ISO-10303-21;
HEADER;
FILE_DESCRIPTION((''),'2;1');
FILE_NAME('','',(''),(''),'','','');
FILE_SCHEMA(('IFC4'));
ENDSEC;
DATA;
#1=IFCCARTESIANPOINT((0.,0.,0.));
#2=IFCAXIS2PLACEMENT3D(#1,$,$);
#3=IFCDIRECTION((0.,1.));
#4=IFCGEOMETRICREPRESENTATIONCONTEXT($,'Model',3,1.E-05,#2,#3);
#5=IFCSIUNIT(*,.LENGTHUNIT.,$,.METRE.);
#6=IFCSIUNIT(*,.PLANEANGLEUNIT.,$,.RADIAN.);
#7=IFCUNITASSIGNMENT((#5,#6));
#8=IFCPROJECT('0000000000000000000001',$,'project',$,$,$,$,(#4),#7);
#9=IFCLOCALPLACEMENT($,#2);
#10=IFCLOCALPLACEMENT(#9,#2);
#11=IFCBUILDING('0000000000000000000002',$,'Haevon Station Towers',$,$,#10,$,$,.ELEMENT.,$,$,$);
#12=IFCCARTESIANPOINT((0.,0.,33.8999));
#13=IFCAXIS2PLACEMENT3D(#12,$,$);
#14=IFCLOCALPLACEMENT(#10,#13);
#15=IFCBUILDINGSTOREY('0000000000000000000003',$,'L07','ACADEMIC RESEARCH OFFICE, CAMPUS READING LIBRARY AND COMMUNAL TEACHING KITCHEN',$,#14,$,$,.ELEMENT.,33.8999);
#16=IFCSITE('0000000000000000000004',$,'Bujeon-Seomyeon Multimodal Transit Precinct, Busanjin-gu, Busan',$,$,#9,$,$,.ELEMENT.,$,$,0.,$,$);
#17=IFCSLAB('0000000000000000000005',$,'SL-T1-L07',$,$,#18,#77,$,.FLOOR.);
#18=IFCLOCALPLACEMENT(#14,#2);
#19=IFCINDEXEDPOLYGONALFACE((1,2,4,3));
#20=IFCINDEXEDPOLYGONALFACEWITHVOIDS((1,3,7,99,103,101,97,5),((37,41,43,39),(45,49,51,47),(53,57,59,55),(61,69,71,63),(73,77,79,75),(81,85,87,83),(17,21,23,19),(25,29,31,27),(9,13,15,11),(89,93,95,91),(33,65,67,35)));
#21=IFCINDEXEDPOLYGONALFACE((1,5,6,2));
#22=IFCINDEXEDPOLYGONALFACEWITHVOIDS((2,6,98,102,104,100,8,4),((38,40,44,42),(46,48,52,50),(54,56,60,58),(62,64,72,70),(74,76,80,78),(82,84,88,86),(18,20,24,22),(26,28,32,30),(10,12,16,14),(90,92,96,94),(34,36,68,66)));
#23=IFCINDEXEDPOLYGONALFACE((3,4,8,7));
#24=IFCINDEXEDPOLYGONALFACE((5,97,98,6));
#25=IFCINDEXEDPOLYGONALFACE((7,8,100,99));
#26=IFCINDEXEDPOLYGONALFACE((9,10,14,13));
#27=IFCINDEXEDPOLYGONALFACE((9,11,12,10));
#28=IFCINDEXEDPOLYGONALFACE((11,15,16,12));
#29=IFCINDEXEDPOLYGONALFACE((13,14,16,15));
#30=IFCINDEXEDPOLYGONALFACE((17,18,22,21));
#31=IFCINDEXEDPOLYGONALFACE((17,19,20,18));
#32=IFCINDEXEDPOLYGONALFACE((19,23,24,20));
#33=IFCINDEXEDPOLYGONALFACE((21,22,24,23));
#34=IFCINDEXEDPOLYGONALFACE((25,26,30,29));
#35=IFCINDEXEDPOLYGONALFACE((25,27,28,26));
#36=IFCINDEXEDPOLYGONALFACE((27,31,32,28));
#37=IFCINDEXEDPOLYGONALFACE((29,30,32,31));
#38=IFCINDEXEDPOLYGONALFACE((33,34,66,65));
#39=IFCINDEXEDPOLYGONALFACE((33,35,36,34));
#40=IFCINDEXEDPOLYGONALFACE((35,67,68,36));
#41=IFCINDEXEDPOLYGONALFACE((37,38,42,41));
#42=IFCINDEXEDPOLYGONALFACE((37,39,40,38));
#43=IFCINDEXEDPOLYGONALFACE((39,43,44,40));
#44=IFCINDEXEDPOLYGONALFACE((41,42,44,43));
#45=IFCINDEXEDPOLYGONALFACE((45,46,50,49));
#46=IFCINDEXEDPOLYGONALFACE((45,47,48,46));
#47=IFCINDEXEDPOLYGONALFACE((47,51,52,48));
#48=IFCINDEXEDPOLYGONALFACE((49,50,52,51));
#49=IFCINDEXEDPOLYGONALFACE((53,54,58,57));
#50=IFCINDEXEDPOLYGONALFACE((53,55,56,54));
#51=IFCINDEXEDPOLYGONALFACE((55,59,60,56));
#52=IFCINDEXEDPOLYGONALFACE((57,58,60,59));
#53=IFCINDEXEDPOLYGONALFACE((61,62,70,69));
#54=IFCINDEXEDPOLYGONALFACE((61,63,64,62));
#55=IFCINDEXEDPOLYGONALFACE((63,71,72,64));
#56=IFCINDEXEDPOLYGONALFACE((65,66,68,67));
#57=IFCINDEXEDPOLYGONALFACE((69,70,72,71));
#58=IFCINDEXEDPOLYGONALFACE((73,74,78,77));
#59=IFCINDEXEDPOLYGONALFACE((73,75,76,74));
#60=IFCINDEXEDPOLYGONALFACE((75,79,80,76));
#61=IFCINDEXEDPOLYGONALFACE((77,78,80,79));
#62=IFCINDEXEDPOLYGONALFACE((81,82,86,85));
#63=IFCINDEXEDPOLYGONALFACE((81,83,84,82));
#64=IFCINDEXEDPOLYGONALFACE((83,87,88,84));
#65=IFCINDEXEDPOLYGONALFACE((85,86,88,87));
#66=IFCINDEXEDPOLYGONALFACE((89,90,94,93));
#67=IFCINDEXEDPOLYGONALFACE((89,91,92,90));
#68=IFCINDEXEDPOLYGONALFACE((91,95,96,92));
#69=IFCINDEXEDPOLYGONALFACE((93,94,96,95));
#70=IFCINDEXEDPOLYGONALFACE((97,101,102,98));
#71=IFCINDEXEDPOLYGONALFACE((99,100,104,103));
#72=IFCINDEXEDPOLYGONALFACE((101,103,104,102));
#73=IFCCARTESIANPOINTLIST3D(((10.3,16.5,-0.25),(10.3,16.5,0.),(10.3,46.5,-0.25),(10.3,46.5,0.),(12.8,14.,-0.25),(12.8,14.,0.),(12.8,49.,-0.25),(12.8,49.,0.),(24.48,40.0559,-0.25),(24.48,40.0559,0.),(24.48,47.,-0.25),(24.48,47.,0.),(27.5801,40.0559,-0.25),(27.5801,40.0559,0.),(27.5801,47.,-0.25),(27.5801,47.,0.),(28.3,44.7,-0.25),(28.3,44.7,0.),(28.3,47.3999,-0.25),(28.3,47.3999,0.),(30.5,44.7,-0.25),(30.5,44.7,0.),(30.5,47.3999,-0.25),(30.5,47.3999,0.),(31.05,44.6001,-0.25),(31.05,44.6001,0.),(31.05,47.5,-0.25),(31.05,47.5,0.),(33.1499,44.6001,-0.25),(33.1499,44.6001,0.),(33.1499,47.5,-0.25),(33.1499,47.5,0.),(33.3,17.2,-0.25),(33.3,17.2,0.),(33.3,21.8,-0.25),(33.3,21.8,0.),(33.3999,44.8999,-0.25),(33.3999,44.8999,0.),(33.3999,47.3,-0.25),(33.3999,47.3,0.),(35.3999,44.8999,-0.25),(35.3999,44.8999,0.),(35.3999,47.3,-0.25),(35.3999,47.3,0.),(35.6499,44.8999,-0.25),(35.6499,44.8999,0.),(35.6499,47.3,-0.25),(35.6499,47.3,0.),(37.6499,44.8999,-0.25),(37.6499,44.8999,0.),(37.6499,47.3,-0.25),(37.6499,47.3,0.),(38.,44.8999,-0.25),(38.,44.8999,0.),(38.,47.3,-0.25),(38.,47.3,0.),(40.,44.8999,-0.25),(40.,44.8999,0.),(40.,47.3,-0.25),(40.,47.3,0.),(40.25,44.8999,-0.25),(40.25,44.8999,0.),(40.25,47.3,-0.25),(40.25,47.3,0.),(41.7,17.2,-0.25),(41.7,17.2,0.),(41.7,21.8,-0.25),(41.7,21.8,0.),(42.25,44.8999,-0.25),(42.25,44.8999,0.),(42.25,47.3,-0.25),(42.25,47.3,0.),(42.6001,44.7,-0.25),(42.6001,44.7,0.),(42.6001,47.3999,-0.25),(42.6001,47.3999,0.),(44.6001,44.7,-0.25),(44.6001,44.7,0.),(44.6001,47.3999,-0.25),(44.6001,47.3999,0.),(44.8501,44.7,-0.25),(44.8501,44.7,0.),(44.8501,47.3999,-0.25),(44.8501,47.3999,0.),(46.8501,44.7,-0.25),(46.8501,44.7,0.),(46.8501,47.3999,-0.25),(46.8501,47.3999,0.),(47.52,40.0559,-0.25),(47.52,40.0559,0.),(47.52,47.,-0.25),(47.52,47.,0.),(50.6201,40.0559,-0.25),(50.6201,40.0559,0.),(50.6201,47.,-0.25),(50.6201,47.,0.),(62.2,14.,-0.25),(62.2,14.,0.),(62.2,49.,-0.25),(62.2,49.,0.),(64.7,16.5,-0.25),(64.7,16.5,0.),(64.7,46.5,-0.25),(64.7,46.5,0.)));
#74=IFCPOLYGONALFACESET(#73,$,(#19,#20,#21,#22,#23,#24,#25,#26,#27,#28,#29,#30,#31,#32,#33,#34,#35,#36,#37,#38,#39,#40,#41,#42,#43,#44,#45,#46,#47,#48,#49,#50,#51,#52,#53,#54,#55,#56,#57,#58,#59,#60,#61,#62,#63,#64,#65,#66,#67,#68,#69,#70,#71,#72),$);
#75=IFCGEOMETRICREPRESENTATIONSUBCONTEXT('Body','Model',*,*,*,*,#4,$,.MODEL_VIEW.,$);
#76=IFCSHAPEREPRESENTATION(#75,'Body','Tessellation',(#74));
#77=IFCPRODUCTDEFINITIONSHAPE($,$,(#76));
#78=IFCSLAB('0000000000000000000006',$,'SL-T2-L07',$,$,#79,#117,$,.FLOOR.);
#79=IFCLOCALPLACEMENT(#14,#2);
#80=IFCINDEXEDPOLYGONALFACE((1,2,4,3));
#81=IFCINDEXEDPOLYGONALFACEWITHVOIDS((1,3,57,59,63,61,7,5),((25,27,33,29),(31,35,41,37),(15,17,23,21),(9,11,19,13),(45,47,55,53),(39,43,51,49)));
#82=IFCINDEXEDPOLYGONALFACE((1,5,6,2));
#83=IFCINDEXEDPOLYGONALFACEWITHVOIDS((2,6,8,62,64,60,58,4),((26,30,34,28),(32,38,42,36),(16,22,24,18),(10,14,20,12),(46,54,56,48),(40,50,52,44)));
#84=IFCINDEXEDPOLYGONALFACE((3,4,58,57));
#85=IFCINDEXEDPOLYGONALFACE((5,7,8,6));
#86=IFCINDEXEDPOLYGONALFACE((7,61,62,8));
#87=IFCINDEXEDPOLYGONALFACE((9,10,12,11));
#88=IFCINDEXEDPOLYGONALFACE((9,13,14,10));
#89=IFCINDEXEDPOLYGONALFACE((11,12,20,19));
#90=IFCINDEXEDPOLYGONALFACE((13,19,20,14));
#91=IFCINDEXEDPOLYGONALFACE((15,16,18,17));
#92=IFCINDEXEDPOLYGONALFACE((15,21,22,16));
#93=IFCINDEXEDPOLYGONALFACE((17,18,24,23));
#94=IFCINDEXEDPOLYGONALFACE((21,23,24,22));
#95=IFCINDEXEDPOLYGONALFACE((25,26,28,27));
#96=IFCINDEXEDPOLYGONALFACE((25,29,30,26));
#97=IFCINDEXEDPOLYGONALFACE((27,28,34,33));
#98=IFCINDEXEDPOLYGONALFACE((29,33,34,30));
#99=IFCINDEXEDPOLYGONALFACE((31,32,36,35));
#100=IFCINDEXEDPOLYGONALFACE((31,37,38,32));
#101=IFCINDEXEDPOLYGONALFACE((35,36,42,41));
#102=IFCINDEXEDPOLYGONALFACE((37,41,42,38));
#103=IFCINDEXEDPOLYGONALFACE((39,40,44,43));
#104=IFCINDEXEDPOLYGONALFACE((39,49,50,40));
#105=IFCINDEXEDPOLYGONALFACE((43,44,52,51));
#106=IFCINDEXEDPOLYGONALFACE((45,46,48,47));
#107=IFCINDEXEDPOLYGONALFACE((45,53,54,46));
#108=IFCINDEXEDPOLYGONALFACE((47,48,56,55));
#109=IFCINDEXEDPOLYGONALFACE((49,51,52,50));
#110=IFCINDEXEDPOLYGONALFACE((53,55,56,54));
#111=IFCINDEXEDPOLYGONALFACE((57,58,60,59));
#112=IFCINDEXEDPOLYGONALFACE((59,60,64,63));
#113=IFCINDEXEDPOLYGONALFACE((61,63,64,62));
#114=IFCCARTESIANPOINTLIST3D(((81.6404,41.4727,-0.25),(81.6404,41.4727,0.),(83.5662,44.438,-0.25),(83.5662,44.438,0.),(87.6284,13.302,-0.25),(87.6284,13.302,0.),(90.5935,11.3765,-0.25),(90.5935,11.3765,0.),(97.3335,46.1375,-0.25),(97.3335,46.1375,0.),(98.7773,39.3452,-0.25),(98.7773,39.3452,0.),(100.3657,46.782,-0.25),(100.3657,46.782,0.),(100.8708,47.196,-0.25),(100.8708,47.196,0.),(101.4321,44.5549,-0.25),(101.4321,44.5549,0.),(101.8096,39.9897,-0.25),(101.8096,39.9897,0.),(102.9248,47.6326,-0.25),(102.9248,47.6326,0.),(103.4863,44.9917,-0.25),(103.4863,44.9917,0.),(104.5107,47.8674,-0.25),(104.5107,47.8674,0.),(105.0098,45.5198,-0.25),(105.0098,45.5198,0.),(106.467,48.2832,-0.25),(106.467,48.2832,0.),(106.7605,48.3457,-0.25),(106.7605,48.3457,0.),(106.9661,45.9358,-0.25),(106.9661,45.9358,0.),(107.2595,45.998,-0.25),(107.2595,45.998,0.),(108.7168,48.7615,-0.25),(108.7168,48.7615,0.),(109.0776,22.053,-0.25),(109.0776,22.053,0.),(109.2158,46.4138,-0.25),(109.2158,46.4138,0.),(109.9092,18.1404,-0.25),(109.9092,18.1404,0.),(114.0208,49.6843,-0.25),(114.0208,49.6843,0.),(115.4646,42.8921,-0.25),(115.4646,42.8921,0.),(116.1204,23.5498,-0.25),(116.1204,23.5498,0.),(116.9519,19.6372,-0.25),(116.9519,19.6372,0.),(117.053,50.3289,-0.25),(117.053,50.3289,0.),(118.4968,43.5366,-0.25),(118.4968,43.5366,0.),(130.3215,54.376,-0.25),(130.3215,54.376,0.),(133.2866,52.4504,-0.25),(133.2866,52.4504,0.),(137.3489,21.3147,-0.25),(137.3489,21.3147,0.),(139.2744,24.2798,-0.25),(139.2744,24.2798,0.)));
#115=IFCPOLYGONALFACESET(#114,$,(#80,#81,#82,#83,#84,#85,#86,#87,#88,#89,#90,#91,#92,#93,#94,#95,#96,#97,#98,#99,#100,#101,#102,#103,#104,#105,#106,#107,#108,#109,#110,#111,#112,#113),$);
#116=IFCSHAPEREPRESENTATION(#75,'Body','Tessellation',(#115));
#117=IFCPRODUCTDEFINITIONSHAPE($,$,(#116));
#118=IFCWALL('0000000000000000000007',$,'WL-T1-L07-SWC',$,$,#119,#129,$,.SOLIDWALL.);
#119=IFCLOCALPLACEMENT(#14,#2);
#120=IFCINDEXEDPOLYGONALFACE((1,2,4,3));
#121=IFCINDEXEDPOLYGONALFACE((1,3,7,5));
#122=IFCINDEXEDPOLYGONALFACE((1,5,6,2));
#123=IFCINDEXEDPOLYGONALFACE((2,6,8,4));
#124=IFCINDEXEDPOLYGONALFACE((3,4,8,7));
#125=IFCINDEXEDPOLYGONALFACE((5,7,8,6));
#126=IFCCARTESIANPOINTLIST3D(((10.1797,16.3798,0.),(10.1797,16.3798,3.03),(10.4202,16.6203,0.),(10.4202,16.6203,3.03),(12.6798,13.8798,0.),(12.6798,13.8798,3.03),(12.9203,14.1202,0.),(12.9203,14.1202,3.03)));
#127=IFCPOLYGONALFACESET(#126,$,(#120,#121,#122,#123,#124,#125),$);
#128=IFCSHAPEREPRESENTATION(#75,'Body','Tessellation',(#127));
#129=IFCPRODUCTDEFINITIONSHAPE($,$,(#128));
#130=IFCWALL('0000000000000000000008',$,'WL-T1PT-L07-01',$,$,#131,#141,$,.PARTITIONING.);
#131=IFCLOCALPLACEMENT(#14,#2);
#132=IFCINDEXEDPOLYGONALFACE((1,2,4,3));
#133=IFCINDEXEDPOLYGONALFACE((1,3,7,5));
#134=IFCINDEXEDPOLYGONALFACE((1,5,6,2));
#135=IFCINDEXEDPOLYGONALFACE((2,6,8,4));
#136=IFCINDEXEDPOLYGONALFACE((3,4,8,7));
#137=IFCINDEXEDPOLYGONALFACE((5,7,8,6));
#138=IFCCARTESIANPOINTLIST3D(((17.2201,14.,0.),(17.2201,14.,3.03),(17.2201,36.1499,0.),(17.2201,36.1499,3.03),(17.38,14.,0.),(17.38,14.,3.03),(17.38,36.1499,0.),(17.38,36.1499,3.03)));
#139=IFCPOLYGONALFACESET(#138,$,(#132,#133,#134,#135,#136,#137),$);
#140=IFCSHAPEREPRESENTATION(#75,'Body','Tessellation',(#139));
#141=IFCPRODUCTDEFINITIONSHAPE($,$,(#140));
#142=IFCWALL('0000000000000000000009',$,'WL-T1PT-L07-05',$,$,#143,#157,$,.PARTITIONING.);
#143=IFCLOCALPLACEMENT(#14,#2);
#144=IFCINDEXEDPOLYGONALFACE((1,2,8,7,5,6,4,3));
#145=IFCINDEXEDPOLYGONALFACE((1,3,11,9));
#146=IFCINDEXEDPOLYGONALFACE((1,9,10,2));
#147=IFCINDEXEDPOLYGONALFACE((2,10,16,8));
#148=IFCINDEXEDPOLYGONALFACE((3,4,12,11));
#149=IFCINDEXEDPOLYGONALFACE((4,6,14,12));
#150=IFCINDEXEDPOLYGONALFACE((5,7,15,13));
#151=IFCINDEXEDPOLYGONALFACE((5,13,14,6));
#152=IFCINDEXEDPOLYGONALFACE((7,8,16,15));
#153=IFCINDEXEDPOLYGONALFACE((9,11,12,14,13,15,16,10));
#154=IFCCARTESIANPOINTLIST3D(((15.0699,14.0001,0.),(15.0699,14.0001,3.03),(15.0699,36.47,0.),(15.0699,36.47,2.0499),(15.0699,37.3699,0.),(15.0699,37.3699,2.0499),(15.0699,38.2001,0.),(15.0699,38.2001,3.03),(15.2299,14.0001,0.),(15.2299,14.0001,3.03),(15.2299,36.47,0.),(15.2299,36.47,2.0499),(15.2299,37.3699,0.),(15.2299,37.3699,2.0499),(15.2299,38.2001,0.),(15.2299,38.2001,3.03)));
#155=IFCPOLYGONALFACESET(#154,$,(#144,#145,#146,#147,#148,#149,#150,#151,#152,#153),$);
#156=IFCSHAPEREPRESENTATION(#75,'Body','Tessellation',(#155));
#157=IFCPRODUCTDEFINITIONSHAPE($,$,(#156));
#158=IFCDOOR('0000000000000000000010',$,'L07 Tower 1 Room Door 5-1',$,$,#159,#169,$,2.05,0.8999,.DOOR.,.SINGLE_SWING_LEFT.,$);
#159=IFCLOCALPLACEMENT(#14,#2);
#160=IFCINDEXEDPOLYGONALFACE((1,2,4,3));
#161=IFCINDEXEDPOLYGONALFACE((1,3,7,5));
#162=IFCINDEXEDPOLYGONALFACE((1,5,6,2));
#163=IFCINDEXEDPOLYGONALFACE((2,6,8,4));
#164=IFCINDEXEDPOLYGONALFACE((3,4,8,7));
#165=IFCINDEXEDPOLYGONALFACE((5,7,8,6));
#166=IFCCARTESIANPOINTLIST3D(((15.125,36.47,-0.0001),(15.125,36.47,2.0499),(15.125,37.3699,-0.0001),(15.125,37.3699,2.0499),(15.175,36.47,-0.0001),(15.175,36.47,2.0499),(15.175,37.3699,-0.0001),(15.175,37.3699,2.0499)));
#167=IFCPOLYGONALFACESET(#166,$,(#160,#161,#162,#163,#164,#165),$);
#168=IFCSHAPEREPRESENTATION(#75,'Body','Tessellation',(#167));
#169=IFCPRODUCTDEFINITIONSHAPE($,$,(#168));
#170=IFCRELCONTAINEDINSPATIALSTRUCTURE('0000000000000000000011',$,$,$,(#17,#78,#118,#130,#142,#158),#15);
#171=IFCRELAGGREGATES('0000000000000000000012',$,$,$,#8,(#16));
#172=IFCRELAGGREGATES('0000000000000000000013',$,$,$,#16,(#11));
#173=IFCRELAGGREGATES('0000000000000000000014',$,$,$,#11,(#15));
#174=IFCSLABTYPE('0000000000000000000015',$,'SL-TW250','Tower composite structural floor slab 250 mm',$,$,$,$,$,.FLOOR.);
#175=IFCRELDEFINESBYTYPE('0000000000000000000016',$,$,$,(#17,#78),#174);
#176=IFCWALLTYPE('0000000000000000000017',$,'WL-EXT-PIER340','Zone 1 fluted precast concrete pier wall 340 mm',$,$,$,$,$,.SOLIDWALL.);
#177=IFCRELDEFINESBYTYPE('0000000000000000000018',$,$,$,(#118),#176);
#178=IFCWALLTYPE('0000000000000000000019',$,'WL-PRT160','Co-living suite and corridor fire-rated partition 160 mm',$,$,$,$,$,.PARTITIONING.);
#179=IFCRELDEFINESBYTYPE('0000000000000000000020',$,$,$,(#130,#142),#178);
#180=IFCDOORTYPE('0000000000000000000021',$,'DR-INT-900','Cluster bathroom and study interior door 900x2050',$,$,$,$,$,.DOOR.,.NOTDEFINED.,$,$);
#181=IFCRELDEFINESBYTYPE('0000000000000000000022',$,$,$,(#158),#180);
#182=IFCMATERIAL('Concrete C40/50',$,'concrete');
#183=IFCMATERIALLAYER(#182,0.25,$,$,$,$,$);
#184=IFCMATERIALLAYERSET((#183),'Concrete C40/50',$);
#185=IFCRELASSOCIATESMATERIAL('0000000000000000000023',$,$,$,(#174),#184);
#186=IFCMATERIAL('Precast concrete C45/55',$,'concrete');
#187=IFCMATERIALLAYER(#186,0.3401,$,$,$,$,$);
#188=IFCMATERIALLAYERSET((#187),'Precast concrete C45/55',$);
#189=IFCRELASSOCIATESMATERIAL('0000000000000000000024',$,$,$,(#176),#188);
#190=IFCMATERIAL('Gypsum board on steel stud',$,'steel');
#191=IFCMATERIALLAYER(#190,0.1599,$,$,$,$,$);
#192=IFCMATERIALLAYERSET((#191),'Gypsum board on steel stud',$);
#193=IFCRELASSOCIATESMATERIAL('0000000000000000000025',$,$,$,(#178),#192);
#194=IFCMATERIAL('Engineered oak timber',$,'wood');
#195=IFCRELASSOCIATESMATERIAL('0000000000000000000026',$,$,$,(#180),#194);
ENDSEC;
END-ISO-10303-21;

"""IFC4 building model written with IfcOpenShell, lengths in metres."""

from ifc_helpers import new_model, si_unit, direction, frame, frame_2d, origin, place, context, subcontext, project, spatial, polyline, rectangle, outline, extrude, material, layer, layer_set, type_object, element, fill, save


model = new_model("IFC4")

# Units and contexts
model_context = context("Model", 3, precision=1e-05, world=origin(), true_north=direction((0.0, 1.0)))
body_context = subcontext(model_context, "Body", "Model", "MODEL_VIEW")
ifc_project = project(units=[si_unit("LENGTHUNIT", "METRE"), si_unit("PLANEANGLEUNIT", "RADIAN")], contexts=[model_context])

# Site, building, storey
site_placement = place(None, origin())
site = spatial("IfcSite", under=ifc_project, at=site_placement, Name="Bujeon-Seomyeon Multimodal Transit Precinct, Busanjin-gu, Busan", CompositionType="ELEMENT", RefElevation=0.0)
building_placement = place(site_placement, origin())
building = spatial("IfcBuilding", under=site, at=building_placement, Name="Haevon Station Towers", CompositionType="ELEMENT")
storey_placement = place(building_placement, frame((0.0, 0.0, 33.8999)))
storey = spatial("IfcBuildingStorey", under=building, at=storey_placement, Name="L07", Description="ACADEMIC RESEARCH OFFICE, CAMPUS READING LIBRARY AND COMMUNAL TEACHING KITCHEN", CompositionType="ELEMENT", Elevation=33.8999)

# Shared definitions
ifc_material_1 = material(Name="Concrete C40/50", Category="concrete")

# Slabs
ifc_layer_1 = layer(ifc_material_1, 0.25)
ifc_layer_set_1 = layer_set([ifc_layer_1], Name="Concrete C40/50")
slab_type_1 = type_object("IfcSlabType", Name="SL-TW250", Description="Tower composite structural floor slab 250 mm", PredefinedType="FLOOR", material=ifc_layer_set_1)
slab_1_placement = place(storey_placement, frame((0.0, 0.0, -0.25)))
element("IfcSlab", 1, at=slab_1_placement, inside=storey, type_object=slab_type_1, Name="SL-T1-L07", PredefinedType="FLOOR", context=body_context, shape_type="SweptSolid", body=[
    extrude(outline(polyline([(12.8, 14.0), (62.2, 14.0), (64.7, 16.5), (64.7, 46.5), (62.2, 49.0), (12.8, 49.0), (10.3, 46.5), (10.3, 16.5), (12.8, 14.0)]), holes=[polyline([(27.5801, 40.0559), (27.5801, 47.0), (24.48, 47.0), (24.48, 40.0559), (27.5801, 40.0559)]), polyline([(50.6201, 40.0559), (50.6201, 47.0), (47.52, 47.0), (47.52, 40.0559), (50.6201, 40.0559)]), polyline([(28.3, 44.7), (30.5, 44.7), (30.5, 47.3999), (28.3, 47.3999), (28.3, 44.7)]), polyline([(31.05, 44.6001), (33.1499, 44.6001), (33.1499, 47.5), (31.05, 47.5), (31.05, 44.6001)]), polyline([(33.3999, 44.8999), (35.3999, 44.8999), (35.3999, 47.3), (33.3999, 47.3), (33.3999, 44.8999)]), polyline([(35.6499, 44.8999), (37.6499, 44.8999), (37.6499, 47.3), (35.6499, 47.3), (35.6499, 44.8999)]), polyline([(38.0, 44.8999), (40.0, 44.8999), (40.0, 47.3), (38.0, 47.3), (38.0, 44.8999)]), polyline([(40.25, 44.8999), (42.25, 44.8999), (42.25, 47.3), (40.25, 47.3), (40.25, 44.8999)]), polyline([(42.6001, 44.7), (44.6001, 44.7), (44.6001, 47.3999), (42.6001, 47.3999), (42.6001, 44.7)]), polyline([(44.8501, 44.7), (46.8501, 44.7), (46.8501, 47.3999), (44.8501, 47.3999), (44.8501, 44.7)]), polyline([(33.3, 17.2), (41.7, 17.2), (41.7, 21.8), (33.3, 21.8), (33.3, 17.2)])]), origin(), (0.0, 0.0, 1.0), 0.25),
])
slab_2_placement = place(storey_placement, frame((0.0, 0.0, -0.25)))
element("IfcSlab", 2, at=slab_2_placement, inside=storey, type_object=slab_type_1, Name="SL-T2-L07", PredefinedType="FLOOR", context=body_context, shape_type="SweptSolid", body=[
    extrude(outline(polyline([(90.5935, 11.3765), (137.3489, 21.3147), (139.2744, 24.2798), (133.2866, 52.4504), (130.3215, 54.376), (83.5662, 44.438), (81.6404, 41.4727), (87.6284, 13.302), (90.5935, 11.3765)]), holes=[polyline([(101.8096, 39.9897), (100.3657, 46.782), (97.3335, 46.1375), (98.7773, 39.3452), (101.8096, 39.9897)]), polyline([(118.4968, 43.5366), (117.053, 50.3289), (114.0208, 49.6843), (115.4646, 42.8921), (118.4968, 43.5366)]), polyline([(101.4321, 44.5549), (103.4863, 44.9917), (102.9248, 47.6326), (100.8708, 47.196), (101.4321, 44.5549)]), polyline([(105.0098, 45.5198), (106.9661, 45.9358), (106.467, 48.2832), (104.5107, 47.8674), (105.0098, 45.5198)]), polyline([(107.2595, 45.998), (109.2158, 46.4138), (108.7168, 48.7615), (106.7605, 48.3457), (107.2595, 45.998)]), polyline([(109.9092, 18.1404), (116.9519, 19.6372), (116.1204, 23.5498), (109.0776, 22.053), (109.9092, 18.1404)])]), origin(), (0.0, 0.0, 1.0), 0.25),
])

# Walls
ifc_material_2 = material(Name="Precast concrete C45/55", Category="concrete")
ifc_layer_2 = layer(ifc_material_2, 0.3401)
ifc_layer_set_2 = layer_set([ifc_layer_2], Name="Precast concrete C45/55")
wall_type_1 = type_object("IfcWallType", Name="WL-EXT-PIER340", Description="Zone 1 fluted precast concrete pier wall 340 mm", PredefinedType="SOLIDWALL", material=ifc_layer_set_2)
wall_1_placement = place(storey_placement, frame((12.8, 14.0, 0.0), z_axis=(0.0, 0.0, 1.0), x_axis=(-0.707107, 0.707107, 0.0)))
element("IfcWall", 3, at=wall_1_placement, inside=storey, type_object=wall_type_1, Name="WL-T1-L07-SWC", PredefinedType="SOLIDWALL", context=body_context, shape_type="SweptSolid", body=[
    extrude(rectangle(XDim=3.5356, YDim=0.3401, at=frame_2d((1.7678, 0.0))), origin(), (0.0, 0.0, 1.0), 3.03),
])
ifc_material_3 = material(Name="Gypsum board on steel stud", Category="steel")
ifc_layer_3 = layer(ifc_material_3, 0.1599)
ifc_layer_set_3 = layer_set([ifc_layer_3], Name="Gypsum board on steel stud")
wall_type_2 = type_object("IfcWallType", Name="WL-PRT160", Description="Co-living suite and corridor fire-rated partition 160 mm", PredefinedType="PARTITIONING", material=ifc_layer_set_3)
wall_2_placement = place(storey_placement, frame((17.3, 14.0, 0.0), z_axis=(0.0, 0.0, 1.0), x_axis=(0.0, 1.0, 0.0)))
element("IfcWall", 4, at=wall_2_placement, inside=storey, type_object=wall_type_2, Name="WL-T1PT-L07-01", PredefinedType="PARTITIONING", context=body_context, shape_type="SweptSolid", body=[
    extrude(rectangle(XDim=22.1499, YDim=0.1599, at=frame_2d((11.075, 0.0))), origin(), (0.0, 0.0, 1.0), 3.03),
])

# Wall, opening, door
wall_3_placement = place(storey_placement, frame((15.1499, 14.0, 0.0), z_axis=(0.0, 0.0, 1.0), x_axis=(0.0, 1.0, 0.0)))
wall_3 = element("IfcWall", 5, at=wall_3_placement, inside=storey, type_object=wall_type_2, Name="WL-T1PT-L07-05", PredefinedType="PARTITIONING", context=body_context, shape_type="SweptSolid", body=[
    extrude(rectangle(XDim=24.2, YDim=0.1599, at=frame_2d((12.1001, 0.0))), origin(), (0.0, 0.0, 1.0), 3.03),
])
opening_placement = place(wall_3_placement, frame((22.47, 0.0, 0.0)))
opening = element("IfcOpeningElement", 6, at=opening_placement, cuts=wall_3, PredefinedType="OPENING", context=body_context, shape_type="SweptSolid", body=[
    extrude(rectangle(XDim=0.8999, YDim=2.05, at=frame_2d((0.45, 1.0249))), frame((0.0, 0.0898, 0.0), z_axis=(0.0, -1.0, 0.0), x_axis=(1.0, 0.0, 0.0)), (0.0, 0.0, 1.0), 0.1799),
])
ifc_material_4 = material(Name="Engineered oak timber", Category="wood")
door_type = type_object("IfcDoorType", Name="DR-INT-900", Description="Cluster bathroom and study interior door 900x2050", OperationType="NOTDEFINED", PredefinedType="DOOR", material=ifc_material_4)
door_placement = place(opening_placement, origin())
door = element("IfcDoor", 7, at=door_placement, inside=storey, type_object=door_type, Name="L07 Tower 1 Room Door 5-1", OperationType="SINGLE_SWING_LEFT", OverallHeight=2.05, OverallWidth=0.8999, PredefinedType="DOOR", context=body_context, shape_type="SweptSolid", body=[
    extrude(rectangle(XDim=0.8999, YDim=2.05, at=frame_2d((0.45, 1.0249))), frame((0.0, 0.0249, 0.0), z_axis=(0.0, -1.0, 0.0), x_axis=(1.0, 0.0, 0.0)), (0.0, 0.0, 1.0), 0.05),
])
fill(opening, door)

save(model, "model.ifc")
